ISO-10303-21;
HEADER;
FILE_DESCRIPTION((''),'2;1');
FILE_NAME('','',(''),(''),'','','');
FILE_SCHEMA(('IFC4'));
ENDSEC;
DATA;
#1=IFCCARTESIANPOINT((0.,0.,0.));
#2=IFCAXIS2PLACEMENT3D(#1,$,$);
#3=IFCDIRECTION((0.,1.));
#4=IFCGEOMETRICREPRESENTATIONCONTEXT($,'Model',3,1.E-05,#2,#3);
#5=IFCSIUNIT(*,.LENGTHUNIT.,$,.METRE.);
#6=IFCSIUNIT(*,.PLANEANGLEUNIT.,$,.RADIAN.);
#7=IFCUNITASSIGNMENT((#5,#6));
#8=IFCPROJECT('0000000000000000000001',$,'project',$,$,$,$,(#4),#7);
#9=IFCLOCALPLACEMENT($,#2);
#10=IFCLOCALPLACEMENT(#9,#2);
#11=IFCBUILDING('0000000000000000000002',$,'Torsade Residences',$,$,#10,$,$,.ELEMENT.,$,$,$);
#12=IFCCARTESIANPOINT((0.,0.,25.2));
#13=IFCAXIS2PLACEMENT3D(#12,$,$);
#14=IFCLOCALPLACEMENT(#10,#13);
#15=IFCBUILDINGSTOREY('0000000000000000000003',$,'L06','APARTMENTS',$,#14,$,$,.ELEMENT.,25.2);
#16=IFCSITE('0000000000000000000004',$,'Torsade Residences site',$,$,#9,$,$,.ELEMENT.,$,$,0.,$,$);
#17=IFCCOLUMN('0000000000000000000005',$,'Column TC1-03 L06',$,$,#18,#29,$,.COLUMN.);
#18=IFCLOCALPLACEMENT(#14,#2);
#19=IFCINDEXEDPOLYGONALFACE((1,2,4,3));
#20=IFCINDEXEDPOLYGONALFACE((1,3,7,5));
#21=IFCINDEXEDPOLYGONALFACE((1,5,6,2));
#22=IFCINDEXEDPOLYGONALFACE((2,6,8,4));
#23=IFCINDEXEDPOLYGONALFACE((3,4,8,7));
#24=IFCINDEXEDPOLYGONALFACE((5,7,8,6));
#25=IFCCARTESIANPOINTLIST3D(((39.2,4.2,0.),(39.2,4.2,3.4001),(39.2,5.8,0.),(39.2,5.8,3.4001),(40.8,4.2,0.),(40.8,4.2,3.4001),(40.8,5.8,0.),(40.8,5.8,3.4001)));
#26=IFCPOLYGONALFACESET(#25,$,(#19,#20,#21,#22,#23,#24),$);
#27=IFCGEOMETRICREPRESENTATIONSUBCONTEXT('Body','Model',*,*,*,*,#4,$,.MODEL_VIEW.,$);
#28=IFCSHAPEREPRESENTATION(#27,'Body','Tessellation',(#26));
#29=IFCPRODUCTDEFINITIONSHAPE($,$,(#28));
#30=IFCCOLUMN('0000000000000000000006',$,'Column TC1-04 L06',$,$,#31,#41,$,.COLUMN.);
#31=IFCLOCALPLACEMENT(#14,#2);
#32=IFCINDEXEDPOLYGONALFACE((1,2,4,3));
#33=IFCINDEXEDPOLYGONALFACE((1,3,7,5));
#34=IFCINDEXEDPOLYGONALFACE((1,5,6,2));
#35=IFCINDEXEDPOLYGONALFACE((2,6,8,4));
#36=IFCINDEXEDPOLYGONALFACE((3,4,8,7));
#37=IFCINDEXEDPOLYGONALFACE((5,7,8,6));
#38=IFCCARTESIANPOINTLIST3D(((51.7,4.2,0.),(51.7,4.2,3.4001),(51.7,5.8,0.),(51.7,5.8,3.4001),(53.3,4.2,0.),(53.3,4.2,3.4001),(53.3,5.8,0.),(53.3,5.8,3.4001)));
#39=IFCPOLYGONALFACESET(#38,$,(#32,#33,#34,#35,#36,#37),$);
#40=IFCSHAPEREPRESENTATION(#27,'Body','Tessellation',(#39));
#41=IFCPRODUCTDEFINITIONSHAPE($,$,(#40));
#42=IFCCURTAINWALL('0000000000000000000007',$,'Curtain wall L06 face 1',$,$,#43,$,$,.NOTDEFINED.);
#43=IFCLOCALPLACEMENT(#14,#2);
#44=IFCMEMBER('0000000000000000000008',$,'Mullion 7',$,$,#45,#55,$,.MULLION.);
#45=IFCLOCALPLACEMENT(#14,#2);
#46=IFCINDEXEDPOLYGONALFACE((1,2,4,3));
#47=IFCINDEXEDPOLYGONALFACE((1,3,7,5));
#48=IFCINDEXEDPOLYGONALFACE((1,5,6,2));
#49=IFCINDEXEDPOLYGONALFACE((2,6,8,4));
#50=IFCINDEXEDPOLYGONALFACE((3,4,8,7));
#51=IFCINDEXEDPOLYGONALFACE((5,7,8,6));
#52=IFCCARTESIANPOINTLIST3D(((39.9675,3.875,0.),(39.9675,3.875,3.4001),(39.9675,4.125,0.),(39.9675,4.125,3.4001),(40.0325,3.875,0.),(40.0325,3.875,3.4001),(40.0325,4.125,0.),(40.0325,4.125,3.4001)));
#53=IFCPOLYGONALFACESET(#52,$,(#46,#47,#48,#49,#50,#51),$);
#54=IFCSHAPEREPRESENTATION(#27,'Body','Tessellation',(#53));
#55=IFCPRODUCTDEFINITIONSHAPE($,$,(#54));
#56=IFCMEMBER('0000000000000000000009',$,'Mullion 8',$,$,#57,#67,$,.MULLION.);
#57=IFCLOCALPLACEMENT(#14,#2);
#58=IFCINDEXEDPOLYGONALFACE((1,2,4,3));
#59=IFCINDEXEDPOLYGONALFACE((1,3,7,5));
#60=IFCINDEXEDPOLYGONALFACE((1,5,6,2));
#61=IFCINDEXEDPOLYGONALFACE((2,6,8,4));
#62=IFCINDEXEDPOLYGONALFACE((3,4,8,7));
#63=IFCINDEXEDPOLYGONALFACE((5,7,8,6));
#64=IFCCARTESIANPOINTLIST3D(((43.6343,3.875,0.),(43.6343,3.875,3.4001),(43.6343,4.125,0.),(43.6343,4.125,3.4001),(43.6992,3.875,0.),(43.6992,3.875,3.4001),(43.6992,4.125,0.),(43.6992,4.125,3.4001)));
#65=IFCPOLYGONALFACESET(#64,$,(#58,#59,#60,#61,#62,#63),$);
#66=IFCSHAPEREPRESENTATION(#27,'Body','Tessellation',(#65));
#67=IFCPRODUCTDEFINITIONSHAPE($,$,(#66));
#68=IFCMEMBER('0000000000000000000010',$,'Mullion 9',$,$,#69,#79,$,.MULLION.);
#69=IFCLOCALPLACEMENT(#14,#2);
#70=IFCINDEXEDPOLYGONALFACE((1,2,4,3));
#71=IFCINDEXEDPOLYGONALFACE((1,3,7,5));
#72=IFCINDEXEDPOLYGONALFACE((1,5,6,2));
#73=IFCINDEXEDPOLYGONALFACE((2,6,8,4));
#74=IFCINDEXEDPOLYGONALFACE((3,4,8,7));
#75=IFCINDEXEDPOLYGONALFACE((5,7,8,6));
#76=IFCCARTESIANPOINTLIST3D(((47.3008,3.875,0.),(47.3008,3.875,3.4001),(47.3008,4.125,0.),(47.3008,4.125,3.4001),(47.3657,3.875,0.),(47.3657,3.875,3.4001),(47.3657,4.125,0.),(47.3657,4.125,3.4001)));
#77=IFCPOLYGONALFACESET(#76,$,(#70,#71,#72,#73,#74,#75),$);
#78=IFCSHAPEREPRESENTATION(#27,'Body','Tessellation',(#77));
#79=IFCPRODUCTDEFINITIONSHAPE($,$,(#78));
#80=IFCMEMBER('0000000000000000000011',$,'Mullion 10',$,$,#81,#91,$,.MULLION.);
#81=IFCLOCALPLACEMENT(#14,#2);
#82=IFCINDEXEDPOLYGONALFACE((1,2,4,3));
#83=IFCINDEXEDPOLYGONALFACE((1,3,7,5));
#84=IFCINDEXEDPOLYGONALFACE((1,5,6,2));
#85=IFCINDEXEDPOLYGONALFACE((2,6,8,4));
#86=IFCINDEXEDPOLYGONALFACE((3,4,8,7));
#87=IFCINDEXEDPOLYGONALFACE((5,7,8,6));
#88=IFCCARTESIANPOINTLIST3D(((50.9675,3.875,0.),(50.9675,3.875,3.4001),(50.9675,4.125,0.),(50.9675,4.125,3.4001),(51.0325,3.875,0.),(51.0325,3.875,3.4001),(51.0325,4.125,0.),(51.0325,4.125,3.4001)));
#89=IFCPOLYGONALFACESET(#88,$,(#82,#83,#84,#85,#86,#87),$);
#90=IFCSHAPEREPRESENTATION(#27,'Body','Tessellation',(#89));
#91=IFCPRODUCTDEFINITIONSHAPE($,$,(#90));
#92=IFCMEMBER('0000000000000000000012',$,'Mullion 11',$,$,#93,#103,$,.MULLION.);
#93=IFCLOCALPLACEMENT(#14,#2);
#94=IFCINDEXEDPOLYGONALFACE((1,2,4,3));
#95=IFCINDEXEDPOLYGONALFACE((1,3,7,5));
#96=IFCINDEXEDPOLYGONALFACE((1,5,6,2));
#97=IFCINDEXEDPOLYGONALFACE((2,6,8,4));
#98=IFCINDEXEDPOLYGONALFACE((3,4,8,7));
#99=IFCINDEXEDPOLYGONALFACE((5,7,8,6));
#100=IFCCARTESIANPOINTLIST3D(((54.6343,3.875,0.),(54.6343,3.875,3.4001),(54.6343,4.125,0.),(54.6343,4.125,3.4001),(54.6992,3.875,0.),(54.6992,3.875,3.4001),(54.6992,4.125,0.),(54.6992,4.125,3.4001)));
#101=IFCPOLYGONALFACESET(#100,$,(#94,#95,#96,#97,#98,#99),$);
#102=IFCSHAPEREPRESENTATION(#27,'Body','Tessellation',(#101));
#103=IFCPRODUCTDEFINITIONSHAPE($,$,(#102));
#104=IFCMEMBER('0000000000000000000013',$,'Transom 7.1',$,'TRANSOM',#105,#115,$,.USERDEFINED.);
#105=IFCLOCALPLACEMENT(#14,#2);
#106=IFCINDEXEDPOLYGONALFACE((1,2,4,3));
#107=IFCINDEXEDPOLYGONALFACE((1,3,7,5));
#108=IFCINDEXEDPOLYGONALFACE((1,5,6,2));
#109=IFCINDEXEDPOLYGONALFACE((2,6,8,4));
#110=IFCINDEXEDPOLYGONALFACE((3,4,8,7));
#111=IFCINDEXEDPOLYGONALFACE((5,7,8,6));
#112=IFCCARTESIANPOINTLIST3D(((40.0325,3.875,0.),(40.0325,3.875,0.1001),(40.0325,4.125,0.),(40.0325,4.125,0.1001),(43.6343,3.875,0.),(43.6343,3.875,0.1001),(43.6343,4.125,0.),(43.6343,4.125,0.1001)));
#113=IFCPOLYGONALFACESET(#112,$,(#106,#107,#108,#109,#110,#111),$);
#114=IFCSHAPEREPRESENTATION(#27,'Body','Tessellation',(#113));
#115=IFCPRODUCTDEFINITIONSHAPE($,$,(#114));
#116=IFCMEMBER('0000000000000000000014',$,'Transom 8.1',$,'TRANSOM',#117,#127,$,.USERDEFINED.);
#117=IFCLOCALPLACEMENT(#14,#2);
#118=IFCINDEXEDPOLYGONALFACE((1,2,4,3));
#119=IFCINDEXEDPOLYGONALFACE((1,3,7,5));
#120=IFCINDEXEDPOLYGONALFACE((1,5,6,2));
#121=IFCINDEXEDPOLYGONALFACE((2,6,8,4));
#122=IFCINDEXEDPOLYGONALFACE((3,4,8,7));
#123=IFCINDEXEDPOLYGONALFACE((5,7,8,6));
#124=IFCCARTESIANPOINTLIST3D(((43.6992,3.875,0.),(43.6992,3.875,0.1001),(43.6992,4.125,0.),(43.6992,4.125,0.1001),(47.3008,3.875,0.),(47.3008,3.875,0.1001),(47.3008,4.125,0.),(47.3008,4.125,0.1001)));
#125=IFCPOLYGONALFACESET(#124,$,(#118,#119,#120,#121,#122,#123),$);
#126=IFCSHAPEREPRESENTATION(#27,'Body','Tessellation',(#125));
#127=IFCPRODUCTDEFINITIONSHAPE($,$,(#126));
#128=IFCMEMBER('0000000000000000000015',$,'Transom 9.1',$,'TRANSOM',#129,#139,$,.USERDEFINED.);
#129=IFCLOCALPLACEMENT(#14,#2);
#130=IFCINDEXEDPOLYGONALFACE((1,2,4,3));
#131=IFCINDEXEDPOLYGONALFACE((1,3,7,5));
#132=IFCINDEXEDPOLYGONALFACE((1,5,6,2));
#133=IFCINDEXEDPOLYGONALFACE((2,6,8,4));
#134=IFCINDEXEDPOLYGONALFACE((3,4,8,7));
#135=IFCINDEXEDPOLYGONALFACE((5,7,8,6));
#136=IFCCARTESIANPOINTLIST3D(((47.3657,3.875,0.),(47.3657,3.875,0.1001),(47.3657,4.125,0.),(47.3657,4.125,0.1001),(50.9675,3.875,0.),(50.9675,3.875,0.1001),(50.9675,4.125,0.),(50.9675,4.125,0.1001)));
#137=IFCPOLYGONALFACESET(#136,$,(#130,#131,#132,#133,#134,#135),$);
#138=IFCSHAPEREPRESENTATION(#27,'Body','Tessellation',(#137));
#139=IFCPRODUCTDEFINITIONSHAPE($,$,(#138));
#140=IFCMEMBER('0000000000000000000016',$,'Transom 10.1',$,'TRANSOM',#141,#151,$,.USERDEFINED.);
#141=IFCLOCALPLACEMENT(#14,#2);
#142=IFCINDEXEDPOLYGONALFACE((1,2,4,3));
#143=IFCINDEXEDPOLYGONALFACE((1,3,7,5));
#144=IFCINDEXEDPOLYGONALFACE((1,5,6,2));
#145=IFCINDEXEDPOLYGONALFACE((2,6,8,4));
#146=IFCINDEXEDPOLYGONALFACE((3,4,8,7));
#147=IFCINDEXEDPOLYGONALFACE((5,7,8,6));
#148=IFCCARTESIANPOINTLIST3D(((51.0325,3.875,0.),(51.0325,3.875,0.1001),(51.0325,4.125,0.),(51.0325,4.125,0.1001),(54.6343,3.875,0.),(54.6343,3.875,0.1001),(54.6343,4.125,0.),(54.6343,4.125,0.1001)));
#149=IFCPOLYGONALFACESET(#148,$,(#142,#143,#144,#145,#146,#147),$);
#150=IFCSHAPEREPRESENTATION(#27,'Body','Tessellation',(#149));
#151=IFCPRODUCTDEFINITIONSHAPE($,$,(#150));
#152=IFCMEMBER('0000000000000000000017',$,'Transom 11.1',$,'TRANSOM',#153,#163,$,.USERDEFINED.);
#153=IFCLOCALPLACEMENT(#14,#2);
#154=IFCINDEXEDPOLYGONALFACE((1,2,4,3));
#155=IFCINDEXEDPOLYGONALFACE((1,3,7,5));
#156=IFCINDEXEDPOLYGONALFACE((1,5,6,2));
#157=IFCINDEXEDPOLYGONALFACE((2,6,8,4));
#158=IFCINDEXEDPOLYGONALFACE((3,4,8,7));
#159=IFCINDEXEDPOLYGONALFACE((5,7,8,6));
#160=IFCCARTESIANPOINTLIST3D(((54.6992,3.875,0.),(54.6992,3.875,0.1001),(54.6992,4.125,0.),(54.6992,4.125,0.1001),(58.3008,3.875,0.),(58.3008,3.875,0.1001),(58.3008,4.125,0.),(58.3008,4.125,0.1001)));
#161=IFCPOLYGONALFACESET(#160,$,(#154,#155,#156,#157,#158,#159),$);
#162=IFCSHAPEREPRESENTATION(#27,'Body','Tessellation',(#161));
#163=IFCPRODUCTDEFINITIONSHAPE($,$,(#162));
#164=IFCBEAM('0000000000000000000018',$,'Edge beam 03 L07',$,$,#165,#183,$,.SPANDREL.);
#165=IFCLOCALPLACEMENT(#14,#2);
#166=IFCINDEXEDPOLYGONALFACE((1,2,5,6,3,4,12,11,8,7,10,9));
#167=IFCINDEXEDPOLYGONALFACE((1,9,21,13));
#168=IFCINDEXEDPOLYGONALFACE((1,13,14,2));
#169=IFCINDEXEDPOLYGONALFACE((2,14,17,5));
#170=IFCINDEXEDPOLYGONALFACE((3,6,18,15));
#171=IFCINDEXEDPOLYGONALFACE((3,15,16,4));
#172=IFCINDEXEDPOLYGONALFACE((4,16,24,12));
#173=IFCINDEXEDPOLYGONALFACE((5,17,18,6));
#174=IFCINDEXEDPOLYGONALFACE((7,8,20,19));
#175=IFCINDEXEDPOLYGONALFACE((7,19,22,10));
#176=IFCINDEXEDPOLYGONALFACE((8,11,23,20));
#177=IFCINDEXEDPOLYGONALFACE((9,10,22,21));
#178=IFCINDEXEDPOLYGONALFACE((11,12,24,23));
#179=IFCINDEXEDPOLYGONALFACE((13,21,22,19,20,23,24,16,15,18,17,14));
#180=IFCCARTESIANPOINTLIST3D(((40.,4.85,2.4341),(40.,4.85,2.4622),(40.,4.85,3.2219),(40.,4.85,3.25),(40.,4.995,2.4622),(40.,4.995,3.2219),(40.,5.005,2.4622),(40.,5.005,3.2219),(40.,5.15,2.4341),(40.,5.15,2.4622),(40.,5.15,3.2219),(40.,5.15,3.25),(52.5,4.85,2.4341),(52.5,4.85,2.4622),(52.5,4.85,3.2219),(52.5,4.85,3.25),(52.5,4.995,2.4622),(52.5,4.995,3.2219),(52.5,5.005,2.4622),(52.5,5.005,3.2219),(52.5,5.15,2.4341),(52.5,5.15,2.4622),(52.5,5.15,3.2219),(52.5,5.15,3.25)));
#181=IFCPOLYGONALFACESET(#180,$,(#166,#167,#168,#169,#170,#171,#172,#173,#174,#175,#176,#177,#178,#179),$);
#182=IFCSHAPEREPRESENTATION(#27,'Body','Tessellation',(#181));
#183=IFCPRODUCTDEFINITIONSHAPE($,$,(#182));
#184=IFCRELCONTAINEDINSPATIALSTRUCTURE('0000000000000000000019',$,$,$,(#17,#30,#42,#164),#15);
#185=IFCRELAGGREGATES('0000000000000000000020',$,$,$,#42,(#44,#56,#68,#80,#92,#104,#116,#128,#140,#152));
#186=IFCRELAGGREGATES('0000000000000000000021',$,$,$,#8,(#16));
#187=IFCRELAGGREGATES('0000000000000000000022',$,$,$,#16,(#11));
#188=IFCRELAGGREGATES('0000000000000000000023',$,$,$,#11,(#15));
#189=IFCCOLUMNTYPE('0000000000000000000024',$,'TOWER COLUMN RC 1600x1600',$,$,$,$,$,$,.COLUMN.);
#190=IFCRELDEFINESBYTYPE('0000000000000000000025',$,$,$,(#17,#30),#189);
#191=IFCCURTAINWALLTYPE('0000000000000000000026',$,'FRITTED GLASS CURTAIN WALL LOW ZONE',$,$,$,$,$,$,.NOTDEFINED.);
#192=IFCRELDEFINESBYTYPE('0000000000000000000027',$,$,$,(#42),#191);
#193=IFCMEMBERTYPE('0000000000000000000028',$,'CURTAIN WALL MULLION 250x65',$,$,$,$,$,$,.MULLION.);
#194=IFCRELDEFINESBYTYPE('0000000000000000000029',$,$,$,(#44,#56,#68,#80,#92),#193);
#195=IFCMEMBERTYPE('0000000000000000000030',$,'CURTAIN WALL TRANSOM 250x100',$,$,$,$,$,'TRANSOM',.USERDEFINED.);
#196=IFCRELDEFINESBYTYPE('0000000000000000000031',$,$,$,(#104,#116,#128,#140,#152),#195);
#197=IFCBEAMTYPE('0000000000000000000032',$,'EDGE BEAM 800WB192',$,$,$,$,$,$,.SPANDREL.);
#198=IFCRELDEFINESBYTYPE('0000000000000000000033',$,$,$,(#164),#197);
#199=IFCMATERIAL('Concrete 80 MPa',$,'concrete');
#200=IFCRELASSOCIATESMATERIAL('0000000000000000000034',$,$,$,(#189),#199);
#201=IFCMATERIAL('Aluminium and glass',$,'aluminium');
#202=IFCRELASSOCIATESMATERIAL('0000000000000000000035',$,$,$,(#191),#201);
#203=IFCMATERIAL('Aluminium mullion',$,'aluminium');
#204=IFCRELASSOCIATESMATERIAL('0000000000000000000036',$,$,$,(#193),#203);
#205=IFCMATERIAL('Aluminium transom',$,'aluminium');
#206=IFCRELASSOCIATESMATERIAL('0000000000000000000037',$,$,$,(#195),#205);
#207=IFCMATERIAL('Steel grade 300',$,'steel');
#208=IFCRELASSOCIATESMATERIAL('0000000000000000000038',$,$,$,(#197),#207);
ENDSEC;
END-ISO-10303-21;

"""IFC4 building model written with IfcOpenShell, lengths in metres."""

from ifc_helpers import new_model, si_unit, direction, frame, origin, origin_2d, place, context, subcontext, project, spatial, rectangle, i_section, extrude, material, material_profile, profile_set, type_object, element, aggregate, save


model = new_model("IFC4")

# Units and contexts
model_context = context("Model", 3, precision=1e-05, world=origin(), true_north=direction((0.0, 1.0)))
body_context = subcontext(model_context, "Body", "Model", "MODEL_VIEW")
ifc_project = project(units=[si_unit("LENGTHUNIT", "METRE"), si_unit("PLANEANGLEUNIT", "RADIAN")], contexts=[model_context])

# Site, building, storey
site_placement = place(None, origin())
site = spatial("IfcSite", under=ifc_project, at=site_placement, Name="Torsade Residences site", CompositionType="ELEMENT", RefElevation=0.0)
building_placement = place(site_placement, origin())
building = spatial("IfcBuilding", under=site, at=building_placement, Name="Torsade Residences", CompositionType="ELEMENT")
storey_placement = place(building_placement, frame((0.0, 0.0, 25.2)))
storey = spatial("IfcBuildingStorey", under=building, at=storey_placement, Name="L06", Description="APARTMENTS", CompositionType="ELEMENT", Elevation=25.2)

# Columns
ifc_material_1 = material(Name="Concrete 80 MPa", Category="concrete")
ifc_material_profile_1 = material_profile(ifc_material_1, rectangle(XDim=1.6001, YDim=1.6001, at=origin_2d()), Name="RC 1600x1600")
ifc_profile_set_1 = profile_set([ifc_material_profile_1], Name="Concrete 80 MPa")
column_type = type_object("IfcColumnType", Name="TOWER COLUMN RC 1600x1600", PredefinedType="COLUMN", material=ifc_profile_set_1)
for number, where, z_axis, x_axis, name in (
    (1, (40.0, 5.0, 0.0), (0.0, 0.0, 1.0), (1.0, 0.0, 0.0), "Column TC1-03 L06"),
    (2, (52.5, 5.0, 0.0), (0.0, 0.0, 1.0), (1.0, 0.0, 0.0), "Column TC1-04 L06"),
):
    element("IfcColumn", number, at=place(storey_placement, frame(where, z_axis=z_axis, x_axis=x_axis)), inside=storey, type_object=column_type, Name=name, PredefinedType="COLUMN", context=body_context, shape_type="SweptSolid", body=[
        extrude(rectangle(XDim=1.6001, YDim=1.6001, at=origin_2d()), origin(), (0.0, 0.0, 1.0), 3.4001),
    ])

# Curtain wall, members
ifc_material_2 = material(Name="Aluminium and glass", Category="aluminium")
curtain_wall_type = type_object("IfcCurtainWallType", Name="FRITTED GLASS CURTAIN WALL LOW ZONE", PredefinedType="NOTDEFINED", material=ifc_material_2)
curtain_wall_placement = place(storey_placement, origin())
curtain_wall = element("IfcCurtainWall", 3, at=curtain_wall_placement, inside=storey, type_object=curtain_wall_type, Name="Curtain wall L06 face 1", PredefinedType="NOTDEFINED")
ifc_material_3 = material(Name="Aluminium mullion", Category="aluminium")
ifc_material_profile_2 = material_profile(ifc_material_3, rectangle(XDim=0.25, YDim=0.0649, at=origin_2d()), Name="CURTAIN WALL MULLION 250x65")
ifc_profile_set_2 = profile_set([ifc_material_profile_2], Name="Aluminium mullion")
member_type_1 = type_object("IfcMemberType", Name="CURTAIN WALL MULLION 250x65", PredefinedType="MULLION", material=ifc_profile_set_2)
member_1_placement = place(storey_placement, frame((40.0, 4.0, 0.0), z_axis=(0.0, 0.0, 1.0), x_axis=(0.0, 1.0, 0.0)))
member_1 = element("IfcMember", 4, at=member_1_placement, type_object=member_type_1, Name="Mullion 7", PredefinedType="MULLION", context=body_context, shape_type="SweptSolid", body=[
    extrude(rectangle(XDim=0.25, YDim=0.0649, at=origin_2d()), origin(), (0.0, 0.0, 1.0), 3.4001),
])
member_2_placement = place(storey_placement, frame((43.6667, 4.0, 0.0), z_axis=(0.0, 0.0, 1.0), x_axis=(0.0, 1.0, 0.0)))
member_2 = element("IfcMember", 5, at=member_2_placement, type_object=member_type_1, Name="Mullion 8", PredefinedType="MULLION", context=body_context, shape_type="SweptSolid", body=[
    extrude(rectangle(XDim=0.25, YDim=0.0649, at=origin_2d()), origin(), (0.0, 0.0, 1.0), 3.4001),
])
member_3_placement = place(storey_placement, frame((47.3333, 4.0, 0.0), z_axis=(0.0, 0.0, 1.0), x_axis=(0.0, 1.0, 0.0)))
member_3 = element("IfcMember", 6, at=member_3_placement, type_object=member_type_1, Name="Mullion 9", PredefinedType="MULLION", context=body_context, shape_type="SweptSolid", body=[
    extrude(rectangle(XDim=0.25, YDim=0.0649, at=origin_2d()), origin(), (0.0, 0.0, 1.0), 3.4001),
])
member_4_placement = place(storey_placement, frame((51.0, 4.0, 0.0), z_axis=(0.0, 0.0, 1.0), x_axis=(0.0, 1.0, 0.0)))
member_4 = element("IfcMember", 7, at=member_4_placement, type_object=member_type_1, Name="Mullion 10", PredefinedType="MULLION", context=body_context, shape_type="SweptSolid", body=[
    extrude(rectangle(XDim=0.25, YDim=0.0649, at=origin_2d()), origin(), (0.0, 0.0, 1.0), 3.4001),
])
member_5_placement = place(storey_placement, frame((54.6667, 4.0, 0.0), z_axis=(0.0, 0.0, 1.0), x_axis=(0.0, 1.0, 0.0)))
member_5 = element("IfcMember", 8, at=member_5_placement, type_object=member_type_1, Name="Mullion 11", PredefinedType="MULLION", context=body_context, shape_type="SweptSolid", body=[
    extrude(rectangle(XDim=0.25, YDim=0.0649, at=origin_2d()), origin(), (0.0, 0.0, 1.0), 3.4001),
])
ifc_material_4 = material(Name="Aluminium transom", Category="aluminium")
ifc_material_profile_3 = material_profile(ifc_material_4, rectangle(XDim=0.25, YDim=0.1001, at=origin_2d()), Name="CURTAIN WALL TRANSOM 250x100")
ifc_profile_set_3 = profile_set([ifc_material_profile_3], Name="Aluminium transom")
member_type_2 = type_object("IfcMemberType", Name="CURTAIN WALL TRANSOM 250x100", ElementType="TRANSOM", PredefinedType="USERDEFINED", material=ifc_profile_set_3)
member_6_placement = place(storey_placement, frame((40.0325, 4.0, 0.05), z_axis=(1.0, 0.0, 0.0), x_axis=(0.0, 1.0, 0.0)))
member_6 = element("IfcMember", 9, at=member_6_placement, type_object=member_type_2, Name="Transom 7.1", ObjectType="TRANSOM", PredefinedType="USERDEFINED", context=body_context, shape_type="SweptSolid", body=[
    extrude(rectangle(XDim=0.25, YDim=0.1001, at=origin_2d()), origin(), (0.0, 0.0, 1.0), 3.6018),
])
member_7_placement = place(storey_placement, frame((43.6992, 4.0, 0.05), z_axis=(1.0, 0.0, 0.0), x_axis=(0.0, 1.0, 0.0)))
member_7 = element("IfcMember", 10, at=member_7_placement, type_object=member_type_2, Name="Transom 8.1", ObjectType="TRANSOM", PredefinedType="USERDEFINED", context=body_context, shape_type="SweptSolid", body=[
    extrude(rectangle(XDim=0.25, YDim=0.1001, at=origin_2d()), origin(), (0.0, 0.0, 1.0), 3.6016),
])
member_8_placement = place(storey_placement, frame((47.3657, 4.0, 0.05), z_axis=(1.0, 0.0, 0.0), x_axis=(0.0, 1.0, 0.0)))
member_8 = element("IfcMember", 11, at=member_8_placement, type_object=member_type_2, Name="Transom 9.1", ObjectType="TRANSOM", PredefinedType="USERDEFINED", context=body_context, shape_type="SweptSolid", body=[
    extrude(rectangle(XDim=0.25, YDim=0.1001, at=origin_2d()), origin(), (0.0, 0.0, 1.0), 3.6018),
])
member_9_placement = place(storey_placement, frame((51.0325, 4.0, 0.05), z_axis=(1.0, 0.0, 0.0), x_axis=(0.0, 1.0, 0.0)))
member_9 = element("IfcMember", 12, at=member_9_placement, type_object=member_type_2, Name="Transom 10.1", ObjectType="TRANSOM", PredefinedType="USERDEFINED", context=body_context, shape_type="SweptSolid", body=[
    extrude(rectangle(XDim=0.25, YDim=0.1001, at=origin_2d()), origin(), (0.0, 0.0, 1.0), 3.6018),
])
member_10_placement = place(storey_placement, frame((54.6992, 4.0, 0.05), z_axis=(1.0, 0.0, 0.0), x_axis=(0.0, 1.0, 0.0)))
member_10 = element("IfcMember", 13, at=member_10_placement, type_object=member_type_2, Name="Transom 11.1", ObjectType="TRANSOM", PredefinedType="USERDEFINED", context=body_context, shape_type="SweptSolid", body=[
    extrude(rectangle(XDim=0.25, YDim=0.1001, at=origin_2d()), origin(), (0.0, 0.0, 1.0), 3.6016),
])

# Beam
ifc_material_5 = material(Name="Steel grade 300", Category="steel")
ifc_material_profile_4 = material_profile(ifc_material_5, i_section(OverallWidth=0.3, OverallDepth=0.8159, WebThickness=0.01, FlangeThickness=0.0281, at=origin_2d()), Name="800WB192")
ifc_profile_set_4 = profile_set([ifc_material_profile_4], Name="Steel grade 300")
beam_type_1 = type_object("IfcBeamType", Name="EDGE BEAM 800WB192", PredefinedType="SPANDREL", material=ifc_profile_set_4)
for number, where, z_axis, x_axis, name in (
    (14, (40.0, 5.0, 2.842), (1.0, 0.0, 0.0), (0.0, 1.0, 0.0), "Edge beam 03 L07"),
):
    element("IfcBeam", number, at=place(storey_placement, frame(where, z_axis=z_axis, x_axis=x_axis)), inside=storey, type_object=beam_type_1, Name=name, PredefinedType="SPANDREL", context=body_context, shape_type="SweptSolid", body=[
        extrude(i_section(OverallWidth=0.3, OverallDepth=0.8159, WebThickness=0.01, FlangeThickness=0.0281, at=origin_2d()), origin(), (0.0, 0.0, 1.0), 12.5),
    ])

aggregate(curtain_wall, [member_1, member_2, member_3, member_4, member_5, member_6, member_7, member_8, member_9, member_10])

save(model, "model.ifc")
